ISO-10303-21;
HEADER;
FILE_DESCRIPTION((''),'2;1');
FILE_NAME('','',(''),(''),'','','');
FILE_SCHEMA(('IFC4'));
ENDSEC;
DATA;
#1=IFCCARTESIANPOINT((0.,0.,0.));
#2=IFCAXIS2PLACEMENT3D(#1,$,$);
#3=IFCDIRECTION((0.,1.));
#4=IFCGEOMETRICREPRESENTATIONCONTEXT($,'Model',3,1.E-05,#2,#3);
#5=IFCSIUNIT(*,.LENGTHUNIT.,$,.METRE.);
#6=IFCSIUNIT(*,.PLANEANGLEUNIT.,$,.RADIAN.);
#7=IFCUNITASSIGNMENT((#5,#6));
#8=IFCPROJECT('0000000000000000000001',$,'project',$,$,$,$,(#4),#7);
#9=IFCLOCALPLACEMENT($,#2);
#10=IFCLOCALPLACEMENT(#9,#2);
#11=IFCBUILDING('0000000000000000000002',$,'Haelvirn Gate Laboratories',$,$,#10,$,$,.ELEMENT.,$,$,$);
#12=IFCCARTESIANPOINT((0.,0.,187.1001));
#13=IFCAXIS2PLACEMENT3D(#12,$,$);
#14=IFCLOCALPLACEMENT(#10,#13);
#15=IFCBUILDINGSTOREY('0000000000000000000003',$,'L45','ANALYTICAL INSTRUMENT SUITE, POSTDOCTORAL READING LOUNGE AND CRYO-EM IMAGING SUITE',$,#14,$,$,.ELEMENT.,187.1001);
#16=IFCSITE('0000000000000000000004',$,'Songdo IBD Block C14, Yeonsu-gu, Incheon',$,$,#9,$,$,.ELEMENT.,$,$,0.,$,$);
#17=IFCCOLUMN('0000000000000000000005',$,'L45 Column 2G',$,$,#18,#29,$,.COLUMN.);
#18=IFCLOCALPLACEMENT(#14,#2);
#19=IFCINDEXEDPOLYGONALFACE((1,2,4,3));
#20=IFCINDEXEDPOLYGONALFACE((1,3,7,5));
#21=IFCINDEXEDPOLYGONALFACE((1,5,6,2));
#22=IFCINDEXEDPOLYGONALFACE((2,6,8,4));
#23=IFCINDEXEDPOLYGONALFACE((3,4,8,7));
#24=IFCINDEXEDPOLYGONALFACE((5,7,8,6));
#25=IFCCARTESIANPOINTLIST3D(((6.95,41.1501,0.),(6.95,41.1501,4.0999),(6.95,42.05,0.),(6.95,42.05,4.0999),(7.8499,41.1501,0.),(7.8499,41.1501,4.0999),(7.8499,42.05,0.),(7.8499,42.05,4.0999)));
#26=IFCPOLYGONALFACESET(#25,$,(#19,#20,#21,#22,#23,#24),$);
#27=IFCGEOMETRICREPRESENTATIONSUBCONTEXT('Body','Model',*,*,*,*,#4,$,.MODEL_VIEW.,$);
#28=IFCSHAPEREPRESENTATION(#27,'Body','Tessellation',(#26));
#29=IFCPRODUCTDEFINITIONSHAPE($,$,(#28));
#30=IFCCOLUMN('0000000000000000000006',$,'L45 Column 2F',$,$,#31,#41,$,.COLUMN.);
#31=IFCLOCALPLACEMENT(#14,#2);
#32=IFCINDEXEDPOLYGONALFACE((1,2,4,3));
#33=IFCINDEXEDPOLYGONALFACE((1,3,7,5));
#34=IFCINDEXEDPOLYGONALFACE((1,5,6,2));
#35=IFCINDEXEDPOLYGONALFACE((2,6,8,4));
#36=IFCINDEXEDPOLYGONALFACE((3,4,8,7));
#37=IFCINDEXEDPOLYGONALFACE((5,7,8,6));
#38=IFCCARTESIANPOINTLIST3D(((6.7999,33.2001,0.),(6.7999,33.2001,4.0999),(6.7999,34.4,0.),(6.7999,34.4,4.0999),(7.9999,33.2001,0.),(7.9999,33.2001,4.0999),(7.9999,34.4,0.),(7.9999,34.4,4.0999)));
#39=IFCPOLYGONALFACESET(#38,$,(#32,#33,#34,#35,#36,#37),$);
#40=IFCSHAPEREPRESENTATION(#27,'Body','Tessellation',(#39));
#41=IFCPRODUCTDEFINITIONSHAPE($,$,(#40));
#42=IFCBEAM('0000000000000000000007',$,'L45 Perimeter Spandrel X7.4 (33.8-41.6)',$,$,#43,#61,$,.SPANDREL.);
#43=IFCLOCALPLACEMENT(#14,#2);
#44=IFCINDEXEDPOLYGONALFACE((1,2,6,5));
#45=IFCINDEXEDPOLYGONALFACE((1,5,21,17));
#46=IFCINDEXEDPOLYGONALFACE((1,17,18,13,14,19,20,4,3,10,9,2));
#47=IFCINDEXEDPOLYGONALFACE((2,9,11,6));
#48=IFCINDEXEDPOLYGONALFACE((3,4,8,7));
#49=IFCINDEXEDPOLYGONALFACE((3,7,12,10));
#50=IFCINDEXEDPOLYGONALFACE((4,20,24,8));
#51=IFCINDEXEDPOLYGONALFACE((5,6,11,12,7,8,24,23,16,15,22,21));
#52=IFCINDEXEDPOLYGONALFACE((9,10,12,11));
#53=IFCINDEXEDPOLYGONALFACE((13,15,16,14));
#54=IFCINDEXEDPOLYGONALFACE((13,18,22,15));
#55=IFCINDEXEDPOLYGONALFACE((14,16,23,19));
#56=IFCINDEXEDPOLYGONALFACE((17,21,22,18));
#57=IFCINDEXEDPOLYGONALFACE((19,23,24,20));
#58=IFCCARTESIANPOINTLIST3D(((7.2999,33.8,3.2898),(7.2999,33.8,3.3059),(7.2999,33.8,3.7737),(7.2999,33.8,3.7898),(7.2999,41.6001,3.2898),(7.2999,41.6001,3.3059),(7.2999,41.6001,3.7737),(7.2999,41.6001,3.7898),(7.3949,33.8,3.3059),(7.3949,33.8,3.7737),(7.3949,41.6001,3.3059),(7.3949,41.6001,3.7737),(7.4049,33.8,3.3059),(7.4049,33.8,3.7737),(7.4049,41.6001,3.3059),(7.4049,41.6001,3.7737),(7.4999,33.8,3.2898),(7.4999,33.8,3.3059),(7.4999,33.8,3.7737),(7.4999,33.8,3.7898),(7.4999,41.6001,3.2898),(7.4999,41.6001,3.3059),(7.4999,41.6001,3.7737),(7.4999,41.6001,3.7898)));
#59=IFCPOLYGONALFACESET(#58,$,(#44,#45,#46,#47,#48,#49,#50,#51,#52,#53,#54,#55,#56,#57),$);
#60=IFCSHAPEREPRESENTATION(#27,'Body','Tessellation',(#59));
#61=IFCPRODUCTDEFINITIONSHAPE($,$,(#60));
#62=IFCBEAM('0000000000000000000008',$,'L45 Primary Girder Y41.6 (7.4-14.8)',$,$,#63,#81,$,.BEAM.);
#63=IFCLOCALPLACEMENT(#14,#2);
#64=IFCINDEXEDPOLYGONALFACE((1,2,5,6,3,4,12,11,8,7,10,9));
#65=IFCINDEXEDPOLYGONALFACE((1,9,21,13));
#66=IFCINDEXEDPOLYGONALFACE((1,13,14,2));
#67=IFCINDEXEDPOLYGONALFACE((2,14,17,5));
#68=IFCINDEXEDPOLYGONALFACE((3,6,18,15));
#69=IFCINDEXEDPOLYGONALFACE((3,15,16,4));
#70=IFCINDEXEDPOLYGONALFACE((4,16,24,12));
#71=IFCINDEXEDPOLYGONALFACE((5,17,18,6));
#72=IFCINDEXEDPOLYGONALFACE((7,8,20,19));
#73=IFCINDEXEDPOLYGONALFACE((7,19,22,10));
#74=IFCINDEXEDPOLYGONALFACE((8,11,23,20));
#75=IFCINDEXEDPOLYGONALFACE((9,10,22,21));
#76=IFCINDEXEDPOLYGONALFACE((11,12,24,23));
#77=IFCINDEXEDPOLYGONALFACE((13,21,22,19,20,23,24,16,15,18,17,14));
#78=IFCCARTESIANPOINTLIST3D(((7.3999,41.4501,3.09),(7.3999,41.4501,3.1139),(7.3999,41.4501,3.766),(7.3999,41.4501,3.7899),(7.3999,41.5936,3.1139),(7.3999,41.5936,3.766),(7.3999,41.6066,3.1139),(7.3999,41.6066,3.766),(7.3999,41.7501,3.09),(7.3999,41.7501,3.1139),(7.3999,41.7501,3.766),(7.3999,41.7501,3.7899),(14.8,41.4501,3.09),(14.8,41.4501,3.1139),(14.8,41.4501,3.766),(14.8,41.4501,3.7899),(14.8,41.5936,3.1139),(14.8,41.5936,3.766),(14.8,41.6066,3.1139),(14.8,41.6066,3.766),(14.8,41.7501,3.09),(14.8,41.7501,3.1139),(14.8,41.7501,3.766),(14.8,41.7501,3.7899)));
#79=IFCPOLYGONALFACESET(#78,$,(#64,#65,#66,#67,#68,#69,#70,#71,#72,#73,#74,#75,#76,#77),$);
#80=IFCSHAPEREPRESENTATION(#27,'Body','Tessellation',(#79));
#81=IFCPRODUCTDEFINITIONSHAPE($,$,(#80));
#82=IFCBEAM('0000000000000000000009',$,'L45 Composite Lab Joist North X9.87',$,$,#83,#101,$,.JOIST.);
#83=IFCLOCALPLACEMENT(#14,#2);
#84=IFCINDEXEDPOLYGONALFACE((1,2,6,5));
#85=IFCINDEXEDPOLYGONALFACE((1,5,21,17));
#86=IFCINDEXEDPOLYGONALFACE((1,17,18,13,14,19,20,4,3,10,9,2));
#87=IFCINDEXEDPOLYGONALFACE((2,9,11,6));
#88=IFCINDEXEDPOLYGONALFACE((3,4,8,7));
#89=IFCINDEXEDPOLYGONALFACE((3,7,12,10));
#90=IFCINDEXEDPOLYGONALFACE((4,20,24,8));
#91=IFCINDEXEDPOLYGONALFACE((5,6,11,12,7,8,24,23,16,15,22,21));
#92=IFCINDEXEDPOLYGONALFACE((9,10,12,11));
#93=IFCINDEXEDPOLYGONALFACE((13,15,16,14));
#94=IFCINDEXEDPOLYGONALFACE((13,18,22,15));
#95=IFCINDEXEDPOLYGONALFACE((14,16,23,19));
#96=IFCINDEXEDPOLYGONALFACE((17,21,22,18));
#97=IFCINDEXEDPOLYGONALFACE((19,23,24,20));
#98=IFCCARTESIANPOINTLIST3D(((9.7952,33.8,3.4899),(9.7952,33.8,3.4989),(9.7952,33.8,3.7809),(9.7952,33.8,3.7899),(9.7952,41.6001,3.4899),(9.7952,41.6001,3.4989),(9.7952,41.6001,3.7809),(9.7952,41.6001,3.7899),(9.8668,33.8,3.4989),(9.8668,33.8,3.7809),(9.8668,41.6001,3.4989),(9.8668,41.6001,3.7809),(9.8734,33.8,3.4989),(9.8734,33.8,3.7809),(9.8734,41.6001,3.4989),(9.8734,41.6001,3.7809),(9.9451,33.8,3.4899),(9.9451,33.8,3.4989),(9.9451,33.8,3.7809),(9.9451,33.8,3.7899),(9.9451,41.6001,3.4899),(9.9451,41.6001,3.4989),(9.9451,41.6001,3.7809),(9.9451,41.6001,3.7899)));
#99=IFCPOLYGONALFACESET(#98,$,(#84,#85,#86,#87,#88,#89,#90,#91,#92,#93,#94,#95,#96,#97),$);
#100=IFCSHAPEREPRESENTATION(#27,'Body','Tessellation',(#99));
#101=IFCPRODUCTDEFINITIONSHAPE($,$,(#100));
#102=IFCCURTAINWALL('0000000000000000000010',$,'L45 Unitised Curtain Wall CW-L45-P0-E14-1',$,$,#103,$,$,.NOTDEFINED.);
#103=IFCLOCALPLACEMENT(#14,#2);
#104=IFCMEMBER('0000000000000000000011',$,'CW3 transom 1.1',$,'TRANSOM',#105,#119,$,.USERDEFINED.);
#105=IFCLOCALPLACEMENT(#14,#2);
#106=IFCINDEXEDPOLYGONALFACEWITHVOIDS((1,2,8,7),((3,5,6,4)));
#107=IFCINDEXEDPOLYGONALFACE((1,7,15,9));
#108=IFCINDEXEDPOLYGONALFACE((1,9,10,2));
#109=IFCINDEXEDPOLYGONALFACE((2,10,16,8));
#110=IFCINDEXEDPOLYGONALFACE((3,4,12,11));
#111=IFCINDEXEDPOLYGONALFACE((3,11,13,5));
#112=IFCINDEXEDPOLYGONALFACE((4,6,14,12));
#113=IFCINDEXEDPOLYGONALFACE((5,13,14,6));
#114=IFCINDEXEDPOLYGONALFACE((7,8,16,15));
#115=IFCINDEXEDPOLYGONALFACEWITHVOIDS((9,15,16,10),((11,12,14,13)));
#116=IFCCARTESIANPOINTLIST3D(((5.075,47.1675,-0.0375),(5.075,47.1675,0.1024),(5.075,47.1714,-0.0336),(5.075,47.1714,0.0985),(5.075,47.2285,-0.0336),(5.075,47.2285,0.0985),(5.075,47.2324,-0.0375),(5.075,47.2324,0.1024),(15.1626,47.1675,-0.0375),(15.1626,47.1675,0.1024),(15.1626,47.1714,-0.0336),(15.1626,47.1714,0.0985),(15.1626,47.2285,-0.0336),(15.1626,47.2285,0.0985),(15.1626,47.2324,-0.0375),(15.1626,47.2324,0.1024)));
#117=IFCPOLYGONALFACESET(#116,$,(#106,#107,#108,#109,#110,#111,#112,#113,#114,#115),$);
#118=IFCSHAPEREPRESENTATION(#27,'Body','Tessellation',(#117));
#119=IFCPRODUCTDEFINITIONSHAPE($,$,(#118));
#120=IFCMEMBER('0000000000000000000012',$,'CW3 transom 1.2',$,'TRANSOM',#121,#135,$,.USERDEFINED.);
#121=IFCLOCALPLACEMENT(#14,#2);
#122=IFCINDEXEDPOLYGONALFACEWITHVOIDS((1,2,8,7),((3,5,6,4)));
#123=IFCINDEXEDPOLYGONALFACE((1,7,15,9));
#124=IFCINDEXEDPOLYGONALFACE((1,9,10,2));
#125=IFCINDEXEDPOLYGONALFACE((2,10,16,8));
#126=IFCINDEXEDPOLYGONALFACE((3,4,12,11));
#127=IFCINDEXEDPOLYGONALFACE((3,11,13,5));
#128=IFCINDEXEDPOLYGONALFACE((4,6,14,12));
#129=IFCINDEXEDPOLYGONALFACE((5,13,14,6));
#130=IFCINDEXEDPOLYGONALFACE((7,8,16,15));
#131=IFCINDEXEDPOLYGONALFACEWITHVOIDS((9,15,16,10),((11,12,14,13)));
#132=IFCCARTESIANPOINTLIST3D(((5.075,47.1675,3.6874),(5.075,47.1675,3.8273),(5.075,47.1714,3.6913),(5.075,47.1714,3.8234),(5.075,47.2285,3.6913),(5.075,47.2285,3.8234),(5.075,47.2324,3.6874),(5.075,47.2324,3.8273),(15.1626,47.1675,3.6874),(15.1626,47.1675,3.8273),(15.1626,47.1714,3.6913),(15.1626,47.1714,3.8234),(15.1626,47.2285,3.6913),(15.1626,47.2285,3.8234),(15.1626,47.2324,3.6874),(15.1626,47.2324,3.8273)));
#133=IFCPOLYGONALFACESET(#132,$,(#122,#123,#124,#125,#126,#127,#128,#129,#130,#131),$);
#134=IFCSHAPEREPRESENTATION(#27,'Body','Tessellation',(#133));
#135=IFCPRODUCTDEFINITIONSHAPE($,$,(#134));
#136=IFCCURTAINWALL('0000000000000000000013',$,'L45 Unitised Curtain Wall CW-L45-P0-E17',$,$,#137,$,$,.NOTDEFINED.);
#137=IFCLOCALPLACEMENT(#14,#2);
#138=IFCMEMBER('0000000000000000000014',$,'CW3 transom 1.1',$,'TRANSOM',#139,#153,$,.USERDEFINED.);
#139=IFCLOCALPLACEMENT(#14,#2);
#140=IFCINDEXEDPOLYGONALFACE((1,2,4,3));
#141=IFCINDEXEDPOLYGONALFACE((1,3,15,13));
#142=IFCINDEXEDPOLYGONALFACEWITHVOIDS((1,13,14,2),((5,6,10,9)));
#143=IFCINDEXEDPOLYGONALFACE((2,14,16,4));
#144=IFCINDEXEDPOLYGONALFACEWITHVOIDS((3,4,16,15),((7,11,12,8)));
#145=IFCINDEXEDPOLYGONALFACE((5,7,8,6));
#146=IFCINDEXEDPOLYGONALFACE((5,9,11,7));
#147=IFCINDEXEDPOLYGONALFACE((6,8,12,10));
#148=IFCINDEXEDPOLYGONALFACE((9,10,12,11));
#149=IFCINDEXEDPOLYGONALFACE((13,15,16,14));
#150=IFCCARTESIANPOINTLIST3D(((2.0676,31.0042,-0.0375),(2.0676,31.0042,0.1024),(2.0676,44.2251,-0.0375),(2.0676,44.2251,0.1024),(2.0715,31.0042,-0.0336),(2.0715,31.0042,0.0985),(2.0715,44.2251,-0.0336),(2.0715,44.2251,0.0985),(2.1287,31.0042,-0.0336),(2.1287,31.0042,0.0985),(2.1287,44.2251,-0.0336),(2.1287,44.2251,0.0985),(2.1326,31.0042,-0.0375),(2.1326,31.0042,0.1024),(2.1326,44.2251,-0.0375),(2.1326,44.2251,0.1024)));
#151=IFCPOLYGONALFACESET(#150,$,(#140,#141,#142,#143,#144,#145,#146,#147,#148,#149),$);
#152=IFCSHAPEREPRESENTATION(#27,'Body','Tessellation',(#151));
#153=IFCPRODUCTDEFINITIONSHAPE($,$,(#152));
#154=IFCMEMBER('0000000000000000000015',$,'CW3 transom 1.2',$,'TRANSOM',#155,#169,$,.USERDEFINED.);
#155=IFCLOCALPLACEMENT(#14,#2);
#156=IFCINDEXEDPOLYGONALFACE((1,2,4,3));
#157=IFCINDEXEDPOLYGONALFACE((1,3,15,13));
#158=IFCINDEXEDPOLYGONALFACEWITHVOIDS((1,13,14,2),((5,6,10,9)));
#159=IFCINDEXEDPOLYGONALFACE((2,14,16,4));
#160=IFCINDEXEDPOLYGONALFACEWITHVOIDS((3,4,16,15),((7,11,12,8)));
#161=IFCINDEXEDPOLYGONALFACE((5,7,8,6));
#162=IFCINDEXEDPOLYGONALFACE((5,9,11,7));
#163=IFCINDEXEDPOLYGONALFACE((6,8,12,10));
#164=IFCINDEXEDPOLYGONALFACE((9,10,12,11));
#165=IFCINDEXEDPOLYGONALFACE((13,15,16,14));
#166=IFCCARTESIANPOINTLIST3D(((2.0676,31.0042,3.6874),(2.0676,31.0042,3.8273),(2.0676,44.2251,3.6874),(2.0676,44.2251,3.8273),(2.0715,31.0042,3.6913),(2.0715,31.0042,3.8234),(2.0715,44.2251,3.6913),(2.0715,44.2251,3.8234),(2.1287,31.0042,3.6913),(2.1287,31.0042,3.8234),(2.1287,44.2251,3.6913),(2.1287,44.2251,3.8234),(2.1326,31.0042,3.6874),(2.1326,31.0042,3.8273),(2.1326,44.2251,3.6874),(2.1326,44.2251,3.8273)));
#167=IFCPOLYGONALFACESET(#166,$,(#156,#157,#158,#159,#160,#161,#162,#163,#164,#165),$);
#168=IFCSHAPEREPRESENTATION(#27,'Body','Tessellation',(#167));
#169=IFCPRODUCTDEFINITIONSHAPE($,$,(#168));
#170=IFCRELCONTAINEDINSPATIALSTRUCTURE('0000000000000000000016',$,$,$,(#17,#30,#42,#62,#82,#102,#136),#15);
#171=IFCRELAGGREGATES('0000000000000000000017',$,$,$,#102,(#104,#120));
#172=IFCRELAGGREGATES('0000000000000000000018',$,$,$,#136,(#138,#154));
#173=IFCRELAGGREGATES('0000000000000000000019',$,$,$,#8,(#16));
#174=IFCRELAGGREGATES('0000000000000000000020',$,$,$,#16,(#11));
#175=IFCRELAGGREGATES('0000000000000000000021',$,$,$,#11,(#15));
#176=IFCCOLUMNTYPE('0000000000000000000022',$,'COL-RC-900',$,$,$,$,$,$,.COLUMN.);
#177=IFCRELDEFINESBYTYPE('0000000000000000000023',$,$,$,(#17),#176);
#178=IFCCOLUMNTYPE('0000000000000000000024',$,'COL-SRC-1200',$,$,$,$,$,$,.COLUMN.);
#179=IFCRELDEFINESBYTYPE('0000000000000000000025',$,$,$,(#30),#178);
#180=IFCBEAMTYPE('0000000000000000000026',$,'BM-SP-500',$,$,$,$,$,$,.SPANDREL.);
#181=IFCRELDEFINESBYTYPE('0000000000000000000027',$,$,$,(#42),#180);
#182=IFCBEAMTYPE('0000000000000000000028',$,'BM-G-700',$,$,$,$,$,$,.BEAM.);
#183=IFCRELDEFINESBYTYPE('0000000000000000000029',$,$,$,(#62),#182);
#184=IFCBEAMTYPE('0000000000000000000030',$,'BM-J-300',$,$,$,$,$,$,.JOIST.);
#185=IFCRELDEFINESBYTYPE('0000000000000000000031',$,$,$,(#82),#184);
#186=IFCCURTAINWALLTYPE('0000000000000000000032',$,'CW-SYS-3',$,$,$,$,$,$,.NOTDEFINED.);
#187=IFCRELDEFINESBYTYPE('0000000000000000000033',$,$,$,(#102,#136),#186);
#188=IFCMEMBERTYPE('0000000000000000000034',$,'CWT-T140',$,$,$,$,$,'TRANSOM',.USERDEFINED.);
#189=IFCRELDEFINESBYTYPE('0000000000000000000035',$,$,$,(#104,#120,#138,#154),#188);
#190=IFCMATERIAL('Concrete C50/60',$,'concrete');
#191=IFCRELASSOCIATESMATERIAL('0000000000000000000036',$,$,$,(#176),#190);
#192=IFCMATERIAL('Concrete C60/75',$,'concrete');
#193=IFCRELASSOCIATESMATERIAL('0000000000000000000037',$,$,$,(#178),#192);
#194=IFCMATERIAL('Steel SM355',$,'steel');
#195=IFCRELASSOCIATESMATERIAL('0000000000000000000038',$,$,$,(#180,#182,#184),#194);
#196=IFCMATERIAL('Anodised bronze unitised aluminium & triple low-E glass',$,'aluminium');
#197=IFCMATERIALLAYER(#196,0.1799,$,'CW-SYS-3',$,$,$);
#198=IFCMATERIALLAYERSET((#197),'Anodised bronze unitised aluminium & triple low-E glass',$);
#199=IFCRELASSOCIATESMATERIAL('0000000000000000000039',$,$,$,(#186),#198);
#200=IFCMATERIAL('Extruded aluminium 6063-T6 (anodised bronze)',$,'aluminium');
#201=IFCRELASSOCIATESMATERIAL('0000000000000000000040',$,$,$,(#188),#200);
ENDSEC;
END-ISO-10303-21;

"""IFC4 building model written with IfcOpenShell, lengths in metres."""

from ifc_helpers import new_model, si_unit, direction, frame, origin, origin_2d, place, context, subcontext, project, spatial, rectangle, hollow_rectangle, i_section, extrude, source, transform, mapped, material, layer, layer_set, material_profile, profile_set, type_object, type_shapes, element, aggregate, save


model = new_model("IFC4")

# Units and contexts
model_context = context("Model", 3, precision=1e-05, world=origin(), true_north=direction((0.0, 1.0)))
body_context = subcontext(model_context, "Body", "Model", "MODEL_VIEW")
ifc_project = project(units=[si_unit("LENGTHUNIT", "METRE"), si_unit("PLANEANGLEUNIT", "RADIAN")], contexts=[model_context])

# Site, building, storey
site_placement = place(None, origin())
site = spatial("IfcSite", under=ifc_project, at=site_placement, Name="Songdo IBD Block C14, Yeonsu-gu, Incheon", CompositionType="ELEMENT", RefElevation=0.0)
building_placement = place(site_placement, origin())
building = spatial("IfcBuilding", under=site, at=building_placement, Name="Haelvirn Gate Laboratories", CompositionType="ELEMENT")
storey_placement = place(building_placement, frame((0.0, 0.0, 187.1001)))
storey = spatial("IfcBuildingStorey", under=building, at=storey_placement, Name="L45", Description="ANALYTICAL INSTRUMENT SUITE, POSTDOCTORAL READING LOUNGE AND CRYO-EM IMAGING SUITE", CompositionType="ELEMENT", Elevation=187.1001)

# Columns
ifc_material_1 = material(Name="Concrete C50/60", Category="concrete")
ifc_material_profile_1 = material_profile(ifc_material_1, rectangle(XDim=0.8999, YDim=0.8999, at=origin_2d()), Name="RC-900x900")
ifc_profile_set_1 = profile_set([ifc_material_profile_1], Name="Concrete C50/60")
column_type_1 = type_object("IfcColumnType", Name="COL-RC-900", PredefinedType="COLUMN", material=ifc_profile_set_1)
shared_shape_1 = source(origin(), body_context, "Body", "SweptSolid", [
    extrude(rectangle(XDim=0.8999, YDim=0.8999, at=origin_2d()), origin(), (0.0, 0.0, 1.0), 4.0999),
])
type_shapes(column_type_1, [shared_shape_1])
column_1_placement = place(storey_placement, frame((7.3999, 41.6001, 0.0), z_axis=(0.0, 0.0, 1.0), x_axis=(1.0, 0.0, 0.0)))
element("IfcColumn", 1, at=column_1_placement, inside=storey, type_object=column_type_1, Name="L45 Column 2G", PredefinedType="COLUMN", context=body_context, shape_type="MappedRepresentation", body=[
    mapped(shared_shape_1, transform((0.0, 0.0, 0.0), scale=1.0)),
])
ifc_material_2 = material(Name="Concrete C60/75", Category="concrete")
ifc_material_profile_2 = material_profile(ifc_material_2, rectangle(XDim=1.2, YDim=1.2, at=origin_2d()), Name="SRC-1200x1200")
ifc_profile_set_2 = profile_set([ifc_material_profile_2], Name="Concrete C60/75")
column_type_2 = type_object("IfcColumnType", Name="COL-SRC-1200", PredefinedType="COLUMN", material=ifc_profile_set_2)
shared_shape_2 = source(origin(), body_context, "Body", "SweptSolid", [
    extrude(rectangle(XDim=1.2, YDim=1.2, at=origin_2d()), origin(), (0.0, 0.0, 1.0), 4.0999),
])
type_shapes(column_type_2, [shared_shape_2])
column_2_placement = place(storey_placement, frame((7.3999, 33.8, 0.0), z_axis=(0.0, 0.0, 1.0), x_axis=(1.0, 0.0, 0.0)))
element("IfcColumn", 2, at=column_2_placement, inside=storey, type_object=column_type_2, Name="L45 Column 2F", PredefinedType="COLUMN", context=body_context, shape_type="MappedRepresentation", body=[
    mapped(shared_shape_2, transform((0.0, 0.0, 0.0), scale=1.0)),
])

# Beams
ifc_material_3 = material(Name="Steel SM355", Category="steel")
ifc_material_profile_3 = material_profile(ifc_material_3, i_section(OverallWidth=0.2, OverallDepth=0.5, WebThickness=0.01, FlangeThickness=0.0161, at=origin_2d()), Name="H-500x200x10x16")
ifc_profile_set_3 = profile_set([ifc_material_profile_3], Name="Steel SM355")
beam_type_1 = type_object("IfcBeamType", Name="BM-SP-500", PredefinedType="SPANDREL", material=ifc_profile_set_3)
shared_shape_3 = source(origin(), body_context, "Body", "SweptSolid", [
    extrude(i_section(OverallWidth=0.2, OverallDepth=0.5, WebThickness=0.01, FlangeThickness=0.0161, at=origin_2d()), origin(), (0.0, 0.0, 1.0), 7.8),
])
type_shapes(beam_type_1, [shared_shape_3])
beam_1_placement = place(storey_placement, frame((7.3999, 33.8, 3.5398), z_axis=(0.0, 1.0, 0.0), x_axis=(-1.0, 0.0, 0.0)))
element("IfcBeam", 3, at=beam_1_placement, inside=storey, type_object=beam_type_1, Name="L45 Perimeter Spandrel X7.4 (33.8-41.6)", PredefinedType="SPANDREL", context=body_context, shape_type="MappedRepresentation", body=[
    mapped(shared_shape_3, transform((0.0, 0.0, 0.0), scale=1.0)),
])
ifc_material_profile_4 = material_profile(ifc_material_3, i_section(OverallWidth=0.3, OverallDepth=0.7, WebThickness=0.0129, FlangeThickness=0.0239, at=origin_2d()), Name="H-700x300x13x24")
ifc_profile_set_4 = profile_set([ifc_material_profile_4], Name="Steel SM355")
beam_type_2 = type_object("IfcBeamType", Name="BM-G-700", PredefinedType="BEAM", material=ifc_profile_set_4)
shared_shape_4 = source(origin(), body_context, "Body", "SweptSolid", [
    extrude(i_section(OverallWidth=0.3, OverallDepth=0.7, WebThickness=0.0129, FlangeThickness=0.0239, at=origin_2d()), origin(), (0.0, 0.0, 1.0), 7.4001),
])
type_shapes(beam_type_2, [shared_shape_4])
beam_2_placement = place(storey_placement, frame((7.3999, 41.6001, 3.4399), z_axis=(1.0, 0.0, 0.0), x_axis=(0.0, 1.0, 0.0)))
element("IfcBeam", 4, at=beam_2_placement, inside=storey, type_object=beam_type_2, Name="L45 Primary Girder Y41.6 (7.4-14.8)", PredefinedType="BEAM", context=body_context, shape_type="MappedRepresentation", body=[
    mapped(shared_shape_4, transform((0.0, 0.0, 0.0), scale=1.0)),
])
ifc_material_profile_5 = material_profile(ifc_material_3, i_section(OverallWidth=0.1499, OverallDepth=0.3, WebThickness=0.0066, FlangeThickness=0.009, at=origin_2d()), Name="H-300x150x6.5x9")
ifc_profile_set_5 = profile_set([ifc_material_profile_5], Name="Steel SM355")
beam_type_3 = type_object("IfcBeamType", Name="BM-J-300", PredefinedType="JOIST", material=ifc_profile_set_5)
shared_shape_5 = source(origin(), body_context, "Body", "SweptSolid", [
    extrude(i_section(OverallWidth=0.1499, OverallDepth=0.3, WebThickness=0.0066, FlangeThickness=0.009, at=origin_2d()), origin(), (0.0, 0.0, 1.0), 7.8),
])
type_shapes(beam_type_3, [shared_shape_5])
beam_3_placement = place(storey_placement, frame((9.8701, 33.8, 3.6399), z_axis=(0.0, 1.0, 0.0), x_axis=(-1.0, 0.0, 0.0)))
element("IfcBeam", 5, at=beam_3_placement, inside=storey, type_object=beam_type_3, Name="L45 Composite Lab Joist North X9.87", PredefinedType="JOIST", context=body_context, shape_type="MappedRepresentation", body=[
    mapped(shared_shape_5, transform((0.0, 0.0, 0.0), scale=1.0)),
])

# Curtain walls, members
ifc_material_4 = material(Name="Anodised bronze unitised aluminium & triple low-E glass", Category="aluminium")
ifc_layer_1 = layer(ifc_material_4, 0.1799, Name="CW-SYS-3")
ifc_layer_set_1 = layer_set([ifc_layer_1], Name="Anodised bronze unitised aluminium & triple low-E glass")
curtain_wall_type_1 = type_object("IfcCurtainWallType", Name="CW-SYS-3", PredefinedType="NOTDEFINED", material=ifc_layer_set_1)
curtain_wall_1_placement = place(storey_placement, origin())
curtain_wall_1 = element("IfcCurtainWall", 6, at=curtain_wall_1_placement, inside=storey, type_object=curtain_wall_type_1, Name="L45 Unitised Curtain Wall CW-L45-P0-E14-1", PredefinedType="NOTDEFINED")
ifc_material_5 = material(Name="Extruded aluminium 6063-T6 (anodised bronze)", Category="aluminium")
ifc_material_profile_6 = material_profile(ifc_material_5, hollow_rectangle(XDim=0.0649, YDim=0.1399, WallThickness=0.0039, at=origin_2d()), Name="CWT-140x65x4")
ifc_profile_set_6 = profile_set([ifc_material_profile_6], Name="Extruded aluminium 6063-T6 (anodised bronze)")
member_type_1 = type_object("IfcMemberType", Name="CWT-T140", ElementType="TRANSOM", PredefinedType="USERDEFINED", material=ifc_profile_set_6)
shared_shape_6 = source(origin(), body_context, "Body", "SweptSolid", [
    extrude(hollow_rectangle(XDim=0.0649, YDim=0.1399, WallThickness=0.0039, at=origin_2d()), origin(), (0.0, 0.0, 1.0), 10.0876),
])
member_1_placement = place(storey_placement, frame((5.075, 47.2, 0.0325), z_axis=(1.0, 0.0, 0.0), x_axis=(0.0, 1.0, 0.0)))
member_1 = element("IfcMember", 7, at=member_1_placement, type_object=member_type_1, Name="CW3 transom 1.1", ObjectType="TRANSOM", PredefinedType="USERDEFINED", context=body_context, shape_type="MappedRepresentation", body=[
    mapped(shared_shape_6, transform((0.0, 0.0, 0.0), scale=1.0)),
])
member_2_placement = place(storey_placement, frame((5.075, 47.2, 3.7573), z_axis=(1.0, 0.0, 0.0), x_axis=(0.0, 1.0, 0.0)))
member_2 = element("IfcMember", 8, at=member_2_placement, type_object=member_type_1, Name="CW3 transom 1.2", ObjectType="TRANSOM", PredefinedType="USERDEFINED", context=body_context, shape_type="MappedRepresentation", body=[
    mapped(shared_shape_6, transform((0.0, 0.0, 0.0), scale=1.0)),
])
curtain_wall_2_placement = place(storey_placement, origin())
curtain_wall_2 = element("IfcCurtainWall", 9, at=curtain_wall_2_placement, inside=storey, type_object=curtain_wall_type_1, Name="L45 Unitised Curtain Wall CW-L45-P0-E17", PredefinedType="NOTDEFINED")
shared_shape_7 = source(origin(), body_context, "Body", "SweptSolid", [
    extrude(hollow_rectangle(XDim=0.0649, YDim=0.1399, WallThickness=0.0039, at=origin_2d()), origin(), (0.0, 0.0, 1.0), 13.2209),
])
member_3_placement = place(storey_placement, frame((2.1001, 44.2251, 0.0325), z_axis=(0.0, -1.0, 0.0), x_axis=(1.0, 0.0, 0.0)))
member_3 = element("IfcMember", 10, at=member_3_placement, type_object=member_type_1, Name="CW3 transom 1.1", ObjectType="TRANSOM", PredefinedType="USERDEFINED", context=body_context, shape_type="MappedRepresentation", body=[
    mapped(shared_shape_7, transform((0.0, 0.0, 0.0), scale=1.0)),
])
member_4_placement = place(storey_placement, frame((2.1001, 44.2251, 3.7573), z_axis=(0.0, -1.0, 0.0), x_axis=(1.0, 0.0, 0.0)))
member_4 = element("IfcMember", 11, at=member_4_placement, type_object=member_type_1, Name="CW3 transom 1.2", ObjectType="TRANSOM", PredefinedType="USERDEFINED", context=body_context, shape_type="MappedRepresentation", body=[
    mapped(shared_shape_7, transform((0.0, 0.0, 0.0), scale=1.0)),
])

aggregate(curtain_wall_1, [member_1, member_2])
aggregate(curtain_wall_2, [member_3, member_4])

save(model, "model.ifc")
